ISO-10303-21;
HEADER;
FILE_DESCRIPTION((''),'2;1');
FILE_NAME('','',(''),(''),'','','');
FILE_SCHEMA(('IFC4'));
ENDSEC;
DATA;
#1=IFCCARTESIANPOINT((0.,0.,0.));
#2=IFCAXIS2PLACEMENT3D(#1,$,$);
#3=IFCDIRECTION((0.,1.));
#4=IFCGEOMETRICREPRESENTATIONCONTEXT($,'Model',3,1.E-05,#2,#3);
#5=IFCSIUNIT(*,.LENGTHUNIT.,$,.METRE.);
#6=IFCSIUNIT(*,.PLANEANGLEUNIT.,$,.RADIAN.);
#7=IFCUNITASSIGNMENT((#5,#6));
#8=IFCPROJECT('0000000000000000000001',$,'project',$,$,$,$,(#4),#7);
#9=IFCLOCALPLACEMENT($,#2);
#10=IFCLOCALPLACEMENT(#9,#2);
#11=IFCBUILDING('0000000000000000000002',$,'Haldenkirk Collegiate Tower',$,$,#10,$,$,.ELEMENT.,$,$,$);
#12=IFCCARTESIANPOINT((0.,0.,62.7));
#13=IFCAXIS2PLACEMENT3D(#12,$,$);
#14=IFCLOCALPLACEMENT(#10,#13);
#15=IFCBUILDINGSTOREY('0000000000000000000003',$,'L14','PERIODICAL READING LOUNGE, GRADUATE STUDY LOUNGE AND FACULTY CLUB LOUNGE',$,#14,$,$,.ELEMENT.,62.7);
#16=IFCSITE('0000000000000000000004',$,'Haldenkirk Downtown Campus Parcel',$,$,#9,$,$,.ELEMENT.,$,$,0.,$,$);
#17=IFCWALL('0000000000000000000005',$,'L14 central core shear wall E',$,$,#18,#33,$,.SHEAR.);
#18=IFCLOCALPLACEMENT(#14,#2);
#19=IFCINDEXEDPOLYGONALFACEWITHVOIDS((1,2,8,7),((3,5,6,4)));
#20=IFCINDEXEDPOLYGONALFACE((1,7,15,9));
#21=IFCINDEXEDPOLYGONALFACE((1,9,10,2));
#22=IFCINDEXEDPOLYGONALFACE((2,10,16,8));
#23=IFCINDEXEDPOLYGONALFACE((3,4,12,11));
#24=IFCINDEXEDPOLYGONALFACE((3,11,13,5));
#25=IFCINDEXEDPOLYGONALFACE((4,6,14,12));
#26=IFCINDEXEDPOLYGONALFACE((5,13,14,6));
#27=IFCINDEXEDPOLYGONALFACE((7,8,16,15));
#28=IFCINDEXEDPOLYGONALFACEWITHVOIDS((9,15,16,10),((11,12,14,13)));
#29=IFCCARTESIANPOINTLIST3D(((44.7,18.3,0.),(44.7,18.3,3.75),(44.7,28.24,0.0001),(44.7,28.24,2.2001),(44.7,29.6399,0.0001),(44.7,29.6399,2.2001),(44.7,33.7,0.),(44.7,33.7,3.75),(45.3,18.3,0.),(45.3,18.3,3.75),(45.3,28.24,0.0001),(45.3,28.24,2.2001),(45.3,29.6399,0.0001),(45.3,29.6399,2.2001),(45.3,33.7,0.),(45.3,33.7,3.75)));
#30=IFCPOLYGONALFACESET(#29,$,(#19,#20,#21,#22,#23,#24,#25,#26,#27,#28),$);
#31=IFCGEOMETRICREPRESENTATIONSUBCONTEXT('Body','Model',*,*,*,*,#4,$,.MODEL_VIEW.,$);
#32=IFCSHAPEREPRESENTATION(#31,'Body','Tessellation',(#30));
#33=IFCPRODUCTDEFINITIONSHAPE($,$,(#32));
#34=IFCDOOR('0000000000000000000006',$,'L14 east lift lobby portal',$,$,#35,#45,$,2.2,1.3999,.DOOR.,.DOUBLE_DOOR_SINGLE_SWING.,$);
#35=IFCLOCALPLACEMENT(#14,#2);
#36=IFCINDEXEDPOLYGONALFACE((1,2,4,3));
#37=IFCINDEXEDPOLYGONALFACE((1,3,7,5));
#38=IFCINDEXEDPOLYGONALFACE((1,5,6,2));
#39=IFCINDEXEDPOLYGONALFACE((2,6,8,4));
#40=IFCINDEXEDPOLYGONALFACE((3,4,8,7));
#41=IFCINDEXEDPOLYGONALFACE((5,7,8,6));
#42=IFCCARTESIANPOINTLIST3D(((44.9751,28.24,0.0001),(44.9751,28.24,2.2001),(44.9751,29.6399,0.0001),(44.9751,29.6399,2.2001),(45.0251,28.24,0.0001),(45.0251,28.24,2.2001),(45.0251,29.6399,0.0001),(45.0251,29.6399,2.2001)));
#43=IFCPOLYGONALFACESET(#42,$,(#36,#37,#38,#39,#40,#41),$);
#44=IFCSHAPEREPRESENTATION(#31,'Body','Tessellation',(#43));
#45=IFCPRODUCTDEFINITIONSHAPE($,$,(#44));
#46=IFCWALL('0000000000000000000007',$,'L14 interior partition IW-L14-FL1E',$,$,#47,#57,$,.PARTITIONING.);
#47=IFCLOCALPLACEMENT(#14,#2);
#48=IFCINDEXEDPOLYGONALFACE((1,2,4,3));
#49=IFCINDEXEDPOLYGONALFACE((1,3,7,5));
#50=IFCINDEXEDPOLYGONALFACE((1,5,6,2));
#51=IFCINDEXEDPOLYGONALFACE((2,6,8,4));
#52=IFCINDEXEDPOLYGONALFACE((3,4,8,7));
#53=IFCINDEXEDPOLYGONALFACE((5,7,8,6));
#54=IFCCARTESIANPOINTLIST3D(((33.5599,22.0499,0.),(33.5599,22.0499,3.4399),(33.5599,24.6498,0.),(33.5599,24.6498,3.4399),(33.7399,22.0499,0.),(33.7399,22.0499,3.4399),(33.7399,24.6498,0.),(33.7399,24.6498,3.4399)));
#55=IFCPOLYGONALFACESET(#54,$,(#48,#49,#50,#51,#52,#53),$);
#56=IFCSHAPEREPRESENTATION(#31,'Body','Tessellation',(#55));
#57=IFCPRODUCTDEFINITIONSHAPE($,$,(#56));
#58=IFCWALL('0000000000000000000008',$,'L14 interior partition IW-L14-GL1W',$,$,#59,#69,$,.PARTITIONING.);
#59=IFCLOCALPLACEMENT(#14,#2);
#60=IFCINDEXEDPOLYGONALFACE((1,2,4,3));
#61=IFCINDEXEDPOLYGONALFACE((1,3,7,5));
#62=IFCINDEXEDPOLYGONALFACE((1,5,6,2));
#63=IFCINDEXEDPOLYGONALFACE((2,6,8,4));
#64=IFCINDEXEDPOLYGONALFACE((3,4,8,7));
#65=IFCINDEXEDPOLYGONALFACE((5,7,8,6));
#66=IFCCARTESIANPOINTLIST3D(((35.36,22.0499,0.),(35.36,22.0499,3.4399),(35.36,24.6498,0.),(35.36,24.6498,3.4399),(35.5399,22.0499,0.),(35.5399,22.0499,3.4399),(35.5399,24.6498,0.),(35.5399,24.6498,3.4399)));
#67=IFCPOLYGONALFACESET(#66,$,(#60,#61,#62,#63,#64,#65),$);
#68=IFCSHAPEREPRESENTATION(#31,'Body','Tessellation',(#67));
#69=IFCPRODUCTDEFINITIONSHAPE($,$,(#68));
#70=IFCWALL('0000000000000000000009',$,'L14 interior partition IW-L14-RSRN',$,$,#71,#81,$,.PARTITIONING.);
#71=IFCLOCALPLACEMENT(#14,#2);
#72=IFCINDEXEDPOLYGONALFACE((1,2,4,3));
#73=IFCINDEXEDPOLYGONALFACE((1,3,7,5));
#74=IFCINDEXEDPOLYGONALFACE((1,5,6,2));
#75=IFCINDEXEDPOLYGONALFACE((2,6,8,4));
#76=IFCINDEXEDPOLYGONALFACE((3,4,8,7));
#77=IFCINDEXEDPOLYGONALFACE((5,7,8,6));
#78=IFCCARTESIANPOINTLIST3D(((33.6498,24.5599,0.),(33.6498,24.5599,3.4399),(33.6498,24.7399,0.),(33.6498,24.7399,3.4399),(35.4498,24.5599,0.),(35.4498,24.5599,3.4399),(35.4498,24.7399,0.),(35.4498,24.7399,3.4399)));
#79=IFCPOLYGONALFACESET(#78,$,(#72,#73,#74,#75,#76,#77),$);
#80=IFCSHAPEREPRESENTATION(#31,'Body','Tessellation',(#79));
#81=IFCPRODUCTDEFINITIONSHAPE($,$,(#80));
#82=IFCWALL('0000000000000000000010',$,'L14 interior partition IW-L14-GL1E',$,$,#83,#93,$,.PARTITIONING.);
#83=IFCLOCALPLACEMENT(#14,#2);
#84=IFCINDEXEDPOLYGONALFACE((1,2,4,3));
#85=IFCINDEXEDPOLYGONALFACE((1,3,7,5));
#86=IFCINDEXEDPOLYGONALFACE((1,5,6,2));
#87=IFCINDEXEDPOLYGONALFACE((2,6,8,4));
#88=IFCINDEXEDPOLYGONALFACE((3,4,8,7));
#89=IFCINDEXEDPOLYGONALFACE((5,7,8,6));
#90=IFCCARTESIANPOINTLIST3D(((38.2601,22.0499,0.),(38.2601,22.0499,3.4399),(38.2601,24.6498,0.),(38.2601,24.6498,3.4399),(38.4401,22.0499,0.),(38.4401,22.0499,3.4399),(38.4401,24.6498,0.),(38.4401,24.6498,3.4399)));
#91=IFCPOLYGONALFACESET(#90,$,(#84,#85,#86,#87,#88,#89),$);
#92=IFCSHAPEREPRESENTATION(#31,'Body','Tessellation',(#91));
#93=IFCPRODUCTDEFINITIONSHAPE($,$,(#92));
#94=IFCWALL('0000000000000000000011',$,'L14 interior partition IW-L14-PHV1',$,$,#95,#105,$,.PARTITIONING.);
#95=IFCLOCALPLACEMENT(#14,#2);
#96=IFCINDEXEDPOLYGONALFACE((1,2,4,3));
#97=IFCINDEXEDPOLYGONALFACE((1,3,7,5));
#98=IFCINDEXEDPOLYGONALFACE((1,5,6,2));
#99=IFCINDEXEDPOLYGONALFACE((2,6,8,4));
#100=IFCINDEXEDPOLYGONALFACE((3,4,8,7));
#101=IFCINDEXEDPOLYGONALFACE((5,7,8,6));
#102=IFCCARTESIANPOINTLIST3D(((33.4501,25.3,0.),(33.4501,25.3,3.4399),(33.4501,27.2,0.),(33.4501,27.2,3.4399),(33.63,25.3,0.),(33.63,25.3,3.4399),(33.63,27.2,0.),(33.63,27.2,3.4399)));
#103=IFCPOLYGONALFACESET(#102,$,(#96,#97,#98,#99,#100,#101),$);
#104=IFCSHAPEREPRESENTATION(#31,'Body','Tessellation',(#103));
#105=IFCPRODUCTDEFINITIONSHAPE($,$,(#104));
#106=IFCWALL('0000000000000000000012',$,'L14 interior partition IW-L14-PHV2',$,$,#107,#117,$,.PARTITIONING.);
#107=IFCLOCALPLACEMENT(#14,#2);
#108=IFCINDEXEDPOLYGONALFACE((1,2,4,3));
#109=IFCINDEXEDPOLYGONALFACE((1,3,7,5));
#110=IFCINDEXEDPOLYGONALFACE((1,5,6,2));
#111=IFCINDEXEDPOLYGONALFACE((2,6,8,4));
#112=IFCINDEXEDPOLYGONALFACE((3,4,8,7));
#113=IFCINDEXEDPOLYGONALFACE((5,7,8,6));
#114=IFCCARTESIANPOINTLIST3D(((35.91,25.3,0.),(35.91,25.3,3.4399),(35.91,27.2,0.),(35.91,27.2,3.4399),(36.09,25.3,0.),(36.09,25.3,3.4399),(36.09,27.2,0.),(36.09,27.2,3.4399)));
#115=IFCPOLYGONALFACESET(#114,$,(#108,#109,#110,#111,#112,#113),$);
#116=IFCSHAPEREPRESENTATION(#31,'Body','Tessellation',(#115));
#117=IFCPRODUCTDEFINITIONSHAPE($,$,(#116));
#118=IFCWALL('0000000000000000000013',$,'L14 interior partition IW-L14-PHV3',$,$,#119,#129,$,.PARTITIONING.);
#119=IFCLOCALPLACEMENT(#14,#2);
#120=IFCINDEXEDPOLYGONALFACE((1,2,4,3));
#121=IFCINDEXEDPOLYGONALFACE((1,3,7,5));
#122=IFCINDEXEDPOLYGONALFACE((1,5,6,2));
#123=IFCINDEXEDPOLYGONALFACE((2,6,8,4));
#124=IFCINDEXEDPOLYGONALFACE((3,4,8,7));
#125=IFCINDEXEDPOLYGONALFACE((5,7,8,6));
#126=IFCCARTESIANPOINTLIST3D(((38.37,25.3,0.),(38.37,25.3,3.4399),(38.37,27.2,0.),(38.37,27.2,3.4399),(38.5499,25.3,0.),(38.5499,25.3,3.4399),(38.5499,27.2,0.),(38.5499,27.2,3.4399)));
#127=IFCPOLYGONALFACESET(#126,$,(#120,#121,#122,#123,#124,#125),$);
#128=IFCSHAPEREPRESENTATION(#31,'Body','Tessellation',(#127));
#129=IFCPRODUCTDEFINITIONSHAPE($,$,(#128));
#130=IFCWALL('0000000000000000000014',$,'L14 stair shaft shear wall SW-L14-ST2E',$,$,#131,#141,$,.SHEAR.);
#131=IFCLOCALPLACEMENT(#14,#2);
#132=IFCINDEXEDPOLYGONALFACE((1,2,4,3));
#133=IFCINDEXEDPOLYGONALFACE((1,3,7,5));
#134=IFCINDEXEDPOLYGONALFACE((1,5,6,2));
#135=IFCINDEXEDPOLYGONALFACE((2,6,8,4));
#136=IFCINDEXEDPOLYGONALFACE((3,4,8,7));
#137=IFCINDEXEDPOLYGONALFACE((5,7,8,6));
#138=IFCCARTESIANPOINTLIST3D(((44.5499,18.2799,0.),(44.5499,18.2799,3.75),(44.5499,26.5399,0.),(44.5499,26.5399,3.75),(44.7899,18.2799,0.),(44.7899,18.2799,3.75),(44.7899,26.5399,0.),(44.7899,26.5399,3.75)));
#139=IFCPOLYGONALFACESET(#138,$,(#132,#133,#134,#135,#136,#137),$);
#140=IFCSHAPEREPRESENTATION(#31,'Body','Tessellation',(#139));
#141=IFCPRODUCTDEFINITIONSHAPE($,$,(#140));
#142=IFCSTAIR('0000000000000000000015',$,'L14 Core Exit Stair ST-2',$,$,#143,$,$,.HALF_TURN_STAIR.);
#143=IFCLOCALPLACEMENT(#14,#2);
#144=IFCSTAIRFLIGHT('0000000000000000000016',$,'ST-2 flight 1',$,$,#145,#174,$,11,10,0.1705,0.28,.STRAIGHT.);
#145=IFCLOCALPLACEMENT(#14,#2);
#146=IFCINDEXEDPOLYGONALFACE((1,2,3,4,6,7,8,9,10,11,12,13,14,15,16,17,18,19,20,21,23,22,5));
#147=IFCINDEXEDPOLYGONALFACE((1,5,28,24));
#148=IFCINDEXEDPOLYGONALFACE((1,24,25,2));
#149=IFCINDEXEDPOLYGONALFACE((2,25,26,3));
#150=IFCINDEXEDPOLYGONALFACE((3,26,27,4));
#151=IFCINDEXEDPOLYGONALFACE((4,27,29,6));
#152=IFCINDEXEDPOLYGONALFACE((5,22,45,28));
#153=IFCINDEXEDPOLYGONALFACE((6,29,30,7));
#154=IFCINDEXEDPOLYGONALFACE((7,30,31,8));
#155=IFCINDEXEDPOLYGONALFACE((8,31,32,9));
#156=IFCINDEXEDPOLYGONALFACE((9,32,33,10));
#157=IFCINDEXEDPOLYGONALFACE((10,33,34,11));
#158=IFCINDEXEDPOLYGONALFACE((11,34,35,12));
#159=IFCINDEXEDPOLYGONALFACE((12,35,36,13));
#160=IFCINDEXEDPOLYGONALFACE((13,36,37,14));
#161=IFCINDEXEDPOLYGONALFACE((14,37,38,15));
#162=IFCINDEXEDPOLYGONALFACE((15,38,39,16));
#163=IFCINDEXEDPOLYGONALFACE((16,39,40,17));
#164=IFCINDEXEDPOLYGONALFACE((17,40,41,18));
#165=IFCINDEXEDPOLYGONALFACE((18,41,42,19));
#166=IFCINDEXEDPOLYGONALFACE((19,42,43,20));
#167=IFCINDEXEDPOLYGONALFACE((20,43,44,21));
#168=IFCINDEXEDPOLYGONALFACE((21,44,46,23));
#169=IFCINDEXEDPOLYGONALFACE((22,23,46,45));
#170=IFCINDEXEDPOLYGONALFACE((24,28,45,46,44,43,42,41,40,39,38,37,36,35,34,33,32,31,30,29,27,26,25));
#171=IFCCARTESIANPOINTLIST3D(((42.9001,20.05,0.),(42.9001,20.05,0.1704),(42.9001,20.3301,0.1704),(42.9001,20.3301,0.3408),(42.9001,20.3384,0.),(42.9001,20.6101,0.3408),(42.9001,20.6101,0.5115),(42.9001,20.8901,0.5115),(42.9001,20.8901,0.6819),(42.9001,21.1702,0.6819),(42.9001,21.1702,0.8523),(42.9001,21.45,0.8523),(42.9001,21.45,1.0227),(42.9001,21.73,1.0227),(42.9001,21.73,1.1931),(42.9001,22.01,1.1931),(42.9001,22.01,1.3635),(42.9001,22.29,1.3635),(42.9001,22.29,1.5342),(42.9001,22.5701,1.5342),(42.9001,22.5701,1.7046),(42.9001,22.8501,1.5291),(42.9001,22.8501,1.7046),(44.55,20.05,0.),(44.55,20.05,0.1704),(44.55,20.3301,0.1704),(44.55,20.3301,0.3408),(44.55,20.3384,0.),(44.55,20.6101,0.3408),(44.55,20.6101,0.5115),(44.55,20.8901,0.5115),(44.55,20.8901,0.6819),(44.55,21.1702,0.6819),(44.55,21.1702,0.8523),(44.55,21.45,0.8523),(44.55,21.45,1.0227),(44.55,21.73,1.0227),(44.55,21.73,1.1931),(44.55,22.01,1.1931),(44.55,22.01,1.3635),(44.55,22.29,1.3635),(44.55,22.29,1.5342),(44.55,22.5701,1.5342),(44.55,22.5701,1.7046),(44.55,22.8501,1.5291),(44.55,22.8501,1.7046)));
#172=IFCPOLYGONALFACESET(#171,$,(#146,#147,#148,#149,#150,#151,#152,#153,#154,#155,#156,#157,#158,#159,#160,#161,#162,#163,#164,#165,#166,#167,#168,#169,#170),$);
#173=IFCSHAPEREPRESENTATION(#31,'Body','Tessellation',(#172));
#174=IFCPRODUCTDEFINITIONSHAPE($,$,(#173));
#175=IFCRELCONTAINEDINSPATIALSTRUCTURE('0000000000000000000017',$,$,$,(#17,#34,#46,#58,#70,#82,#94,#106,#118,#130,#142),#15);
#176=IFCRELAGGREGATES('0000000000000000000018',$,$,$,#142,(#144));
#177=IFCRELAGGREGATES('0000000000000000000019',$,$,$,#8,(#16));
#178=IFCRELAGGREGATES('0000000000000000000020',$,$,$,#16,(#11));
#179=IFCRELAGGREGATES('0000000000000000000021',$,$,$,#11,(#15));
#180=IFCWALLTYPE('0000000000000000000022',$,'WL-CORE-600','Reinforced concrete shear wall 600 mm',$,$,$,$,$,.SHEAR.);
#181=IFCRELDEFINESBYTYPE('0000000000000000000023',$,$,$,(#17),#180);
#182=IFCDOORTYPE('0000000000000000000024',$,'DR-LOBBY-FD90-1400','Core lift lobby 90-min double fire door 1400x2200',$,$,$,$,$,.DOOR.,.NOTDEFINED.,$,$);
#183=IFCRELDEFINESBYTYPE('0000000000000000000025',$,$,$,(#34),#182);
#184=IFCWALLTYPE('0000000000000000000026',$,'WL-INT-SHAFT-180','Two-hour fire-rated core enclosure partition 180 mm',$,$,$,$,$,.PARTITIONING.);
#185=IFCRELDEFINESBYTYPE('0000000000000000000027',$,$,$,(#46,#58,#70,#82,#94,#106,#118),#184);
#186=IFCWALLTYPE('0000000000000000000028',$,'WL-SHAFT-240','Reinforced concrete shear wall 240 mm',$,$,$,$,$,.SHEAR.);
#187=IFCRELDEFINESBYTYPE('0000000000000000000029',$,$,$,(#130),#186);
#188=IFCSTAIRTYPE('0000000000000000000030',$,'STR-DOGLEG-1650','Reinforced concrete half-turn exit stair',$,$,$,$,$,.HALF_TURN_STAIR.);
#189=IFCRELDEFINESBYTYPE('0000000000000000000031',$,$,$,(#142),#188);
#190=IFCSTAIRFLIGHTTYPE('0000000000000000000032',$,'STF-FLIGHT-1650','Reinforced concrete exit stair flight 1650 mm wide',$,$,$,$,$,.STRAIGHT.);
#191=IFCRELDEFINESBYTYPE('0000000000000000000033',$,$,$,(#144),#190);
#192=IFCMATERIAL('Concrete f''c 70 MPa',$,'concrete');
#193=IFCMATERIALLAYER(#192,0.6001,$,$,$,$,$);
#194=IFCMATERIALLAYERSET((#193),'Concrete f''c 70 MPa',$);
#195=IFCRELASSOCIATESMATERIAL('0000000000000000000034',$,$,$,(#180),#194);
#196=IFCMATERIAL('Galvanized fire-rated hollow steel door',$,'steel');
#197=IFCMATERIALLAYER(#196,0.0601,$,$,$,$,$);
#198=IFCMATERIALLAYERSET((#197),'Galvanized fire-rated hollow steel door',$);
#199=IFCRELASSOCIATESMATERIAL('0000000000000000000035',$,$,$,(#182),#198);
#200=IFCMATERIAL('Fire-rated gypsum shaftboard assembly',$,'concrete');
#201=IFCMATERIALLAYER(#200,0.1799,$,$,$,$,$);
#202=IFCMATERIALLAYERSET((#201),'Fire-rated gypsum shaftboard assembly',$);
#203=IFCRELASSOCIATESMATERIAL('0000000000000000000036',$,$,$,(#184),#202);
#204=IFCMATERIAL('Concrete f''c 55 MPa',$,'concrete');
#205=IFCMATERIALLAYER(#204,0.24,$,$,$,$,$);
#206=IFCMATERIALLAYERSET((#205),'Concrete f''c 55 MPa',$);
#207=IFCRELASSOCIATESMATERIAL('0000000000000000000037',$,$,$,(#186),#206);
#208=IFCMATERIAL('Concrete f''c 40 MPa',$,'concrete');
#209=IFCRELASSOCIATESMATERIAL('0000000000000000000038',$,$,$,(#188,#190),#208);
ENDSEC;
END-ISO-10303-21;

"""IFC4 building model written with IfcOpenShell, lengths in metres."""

from ifc_helpers import new_model, si_unit, direction, frame, frame_2d, origin, place, context, subcontext, project, spatial, polyline, rectangle, outline, extrude, material, layer, layer_set, type_object, element, fill, aggregate, save


model = new_model("IFC4")

# Units and contexts
model_context = context("Model", 3, precision=1e-05, world=origin(), true_north=direction((0.0, 1.0)))
body_context = subcontext(model_context, "Body", "Model", "MODEL_VIEW")
ifc_project = project(units=[si_unit("LENGTHUNIT", "METRE"), si_unit("PLANEANGLEUNIT", "RADIAN")], contexts=[model_context])

# Site, building, storey
site_placement = place(None, origin())
site = spatial("IfcSite", under=ifc_project, at=site_placement, Name="Haldenkirk Downtown Campus Parcel", CompositionType="ELEMENT", RefElevation=0.0)
building_placement = place(site_placement, origin())
building = spatial("IfcBuilding", under=site, at=building_placement, Name="Haldenkirk Collegiate Tower", CompositionType="ELEMENT")
storey_placement = place(building_placement, frame((0.0, 0.0, 62.7)))
storey = spatial("IfcBuildingStorey", under=building, at=storey_placement, Name="L14", Description="PERIODICAL READING LOUNGE, GRADUATE STUDY LOUNGE AND FACULTY CLUB LOUNGE", CompositionType="ELEMENT", Elevation=62.7)

# Wall, opening, door
ifc_material_1 = material(Name="Concrete f'c 70 MPa", Category="concrete")
ifc_layer_1 = layer(ifc_material_1, 0.6001)
ifc_layer_set_1 = layer_set([ifc_layer_1], Name="Concrete f'c 70 MPa")
wall_type_1 = type_object("IfcWallType", Name="WL-CORE-600", Description="Reinforced concrete shear wall 600 mm", PredefinedType="SHEAR", material=ifc_layer_set_1)
wall_1_placement = place(storey_placement, frame((45.0, 18.3, 0.0), z_axis=(0.0, 0.0, 1.0), x_axis=(0.0, 1.0, 0.0)))
wall_1 = element("IfcWall", 1, at=wall_1_placement, inside=storey, type_object=wall_type_1, Name="L14 central core shear wall E", PredefinedType="SHEAR", context=body_context, shape_type="SweptSolid", body=[
    extrude(rectangle(XDim=15.3999, YDim=0.6001, at=frame_2d((7.7, 0.0))), origin(), (0.0, 0.0, 1.0), 3.75),
])
opening_1_placement = place(wall_1_placement, frame((9.9399, 0.0, 0.0)))
opening_1 = element("IfcOpeningElement", 2, at=opening_1_placement, cuts=wall_1, PredefinedType="OPENING", context=body_context, shape_type="SweptSolid", body=[
    extrude(rectangle(XDim=1.3999, YDim=2.2, at=frame_2d((0.7, 1.1001))), frame((0.0, 0.3101, 0.0), z_axis=(0.0, -1.0, 0.0), x_axis=(1.0, 0.0, 0.0)), (0.0, 0.0, 1.0), 0.6201),
])
ifc_material_2 = material(Name="Galvanized fire-rated hollow steel door", Category="steel")
ifc_layer_2 = layer(ifc_material_2, 0.0601)
ifc_layer_set_2 = layer_set([ifc_layer_2], Name="Galvanized fire-rated hollow steel door")
door_type_1 = type_object("IfcDoorType", Name="DR-LOBBY-FD90-1400", Description="Core lift lobby 90-min double fire door 1400x2200", OperationType="NOTDEFINED", PredefinedType="DOOR", material=ifc_layer_set_2)
door_1_placement = place(opening_1_placement, origin())
door_1 = element("IfcDoor", 3, at=door_1_placement, inside=storey, type_object=door_type_1, Name="L14 east lift lobby portal", OperationType="DOUBLE_DOOR_SINGLE_SWING", OverallHeight=2.2, OverallWidth=1.3999, PredefinedType="DOOR", context=body_context, shape_type="SweptSolid", body=[
    extrude(rectangle(XDim=1.3999, YDim=2.2, at=frame_2d((0.7, 1.1001))), frame((0.0, 0.0249, 0.0), z_axis=(0.0, -1.0, 0.0), x_axis=(1.0, 0.0, 0.0)), (0.0, 0.0, 1.0), 0.05),
])
fill(opening_1, door_1)

# Walls
ifc_material_3 = material(Name="Fire-rated gypsum shaftboard assembly", Category="concrete")
ifc_layer_3 = layer(ifc_material_3, 0.1799)
ifc_layer_set_3 = layer_set([ifc_layer_3], Name="Fire-rated gypsum shaftboard assembly")
wall_type_2 = type_object("IfcWallType", Name="WL-INT-SHAFT-180", Description="Two-hour fire-rated core enclosure partition 180 mm", PredefinedType="PARTITIONING", material=ifc_layer_set_3)
for number, where, z_axis, x_axis, name in (
    (4, (33.6499, 22.05, 0.0), (0.0, 0.0, 1.0), (0.0, 1.0, 0.0), "L14 interior partition IW-L14-FL1E"),
    (5, (35.45, 22.05, 0.0), (0.0, 0.0, 1.0), (0.0, 1.0, 0.0), "L14 interior partition IW-L14-GL1W"),
):
    element("IfcWall", number, at=place(storey_placement, frame(where, z_axis=z_axis, x_axis=x_axis)), inside=storey, type_object=wall_type_2, Name=name, PredefinedType="PARTITIONING", context=body_context, shape_type="SweptSolid", body=[
        extrude(rectangle(XDim=2.5999, YDim=0.1799, at=frame_2d((1.2998, 0.0))), origin(), (0.0, 0.0, 1.0), 3.4399),
    ])
wall_2_placement = place(storey_placement, frame((33.6499, 24.6499, 0.0), z_axis=(0.0, 0.0, 1.0), x_axis=(1.0, 0.0, 0.0)))
element("IfcWall", 6, at=wall_2_placement, inside=storey, type_object=wall_type_2, Name="L14 interior partition IW-L14-RSRN", PredefinedType="PARTITIONING", context=body_context, shape_type="SweptSolid", body=[
    extrude(rectangle(XDim=1.8, YDim=0.1799, at=frame_2d((0.8999, 0.0))), origin(), (0.0, 0.0, 1.0), 3.4399),
])
wall_3_placement = place(storey_placement, frame((38.3501, 22.05, 0.0), z_axis=(0.0, 0.0, 1.0), x_axis=(0.0, 1.0, 0.0)))
element("IfcWall", 7, at=wall_3_placement, inside=storey, type_object=wall_type_2, Name="L14 interior partition IW-L14-GL1E", PredefinedType="PARTITIONING", context=body_context, shape_type="SweptSolid", body=[
    extrude(rectangle(XDim=2.5999, YDim=0.1799, at=frame_2d((1.2998, 0.0))), origin(), (0.0, 0.0, 1.0), 3.4399),
])
for number, where, z_axis, x_axis, name in (
    (8, (33.54, 25.3, 0.0), (0.0, 0.0, 1.0), (0.0, 1.0, 0.0), "L14 interior partition IW-L14-PHV1"),
    (9, (36.0, 25.3, 0.0), (0.0, 0.0, 1.0), (0.0, 1.0, 0.0), "L14 interior partition IW-L14-PHV2"),
    (10, (38.46, 25.3, 0.0), (0.0, 0.0, 1.0), (0.0, 1.0, 0.0), "L14 interior partition IW-L14-PHV3"),
):
    element("IfcWall", number, at=place(storey_placement, frame(where, z_axis=z_axis, x_axis=x_axis)), inside=storey, type_object=wall_type_2, Name=name, PredefinedType="PARTITIONING", context=body_context, shape_type="SweptSolid", body=[
        extrude(rectangle(XDim=1.8999, YDim=0.1799, at=frame_2d((0.95, 0.0))), origin(), (0.0, 0.0, 1.0), 3.4399),
    ])

# Wall
ifc_material_4 = material(Name="Concrete f'c 55 MPa", Category="concrete")
ifc_layer_4 = layer(ifc_material_4, 0.24)
ifc_layer_set_4 = layer_set([ifc_layer_4], Name="Concrete f'c 55 MPa")
wall_type_3 = type_object("IfcWallType", Name="WL-SHAFT-240", Description="Reinforced concrete shear wall 240 mm", PredefinedType="SHEAR", material=ifc_layer_set_4)
wall_4_placement = place(storey_placement, frame((44.6699, 18.28, 0.0), z_axis=(0.0, 0.0, 1.0), x_axis=(0.0, 1.0, 0.0)))
element("IfcWall", 11, at=wall_4_placement, inside=storey, type_object=wall_type_3, Name="L14 stair shaft shear wall SW-L14-ST2E", PredefinedType="SHEAR", context=body_context, shape_type="SweptSolid", body=[
    extrude(rectangle(XDim=8.26, YDim=0.24, at=frame_2d((4.1299, 0.0))), origin(), (0.0, 0.0, 1.0), 3.75),
])

# Stair, stair flight
ifc_material_5 = material(Name="Concrete f'c 40 MPa", Category="concrete")
stair_type = type_object("IfcStairType", Name="STR-DOGLEG-1650", Description="Reinforced concrete half-turn exit stair", PredefinedType="HALF_TURN_STAIR", material=ifc_material_5)
stair_placement = place(storey_placement, origin())
stair = element("IfcStair", 12, at=stair_placement, inside=storey, type_object=stair_type, Name="L14 Core Exit Stair ST-2", PredefinedType="HALF_TURN_STAIR")
stair_flight_type = type_object("IfcStairFlightType", Name="STF-FLIGHT-1650", Description="Reinforced concrete exit stair flight 1650 mm wide", PredefinedType="STRAIGHT", material=ifc_material_5)
stair_flight_1_placement = place(storey_placement, frame((43.7251, 20.05, 0.0), z_axis=(0.0, 0.0, 1.0), x_axis=(0.0, 1.0, 0.0)))
stair_flight_1 = element("IfcStairFlight", 13, at=stair_flight_1_placement, type_object=stair_flight_type, Name="ST-2 flight 1", NumberOfRisers=11, NumberOfTreads=10, PredefinedType="STRAIGHT", RiserHeight=0.1705, TreadLength=0.28, context=body_context, shape_type="SweptSolid", body=[
    extrude(outline(polyline([(0.0, 0.0), (0.0, 0.1704), (0.28, 0.1704), (0.28, 0.3408), (0.5601, 0.3408), (0.5601, 0.5115), (0.8401, 0.5115), (0.8401, 0.6819), (1.1201, 0.6819), (1.1201, 0.8523), (1.3999, 0.8523), (1.3999, 1.0227), (1.6799, 1.0227), (1.6799, 1.1931), (1.96, 1.1931), (1.96, 1.3635), (2.24, 1.3635), (2.24, 1.5342), (2.52, 1.5342), (2.52, 1.7046), (2.8, 1.7046), (2.8, 1.875), (2.8, 1.5291), (0.2883, 0.0), (0.0, 0.0)])), frame((0.0, 0.825, 0.0), z_axis=(0.0, -1.0, 0.0), x_axis=(1.0, 0.0, 0.0)), (0.0, 0.0, 1.0), 1.6499),
])
aggregate(stair, [stair_flight_1])

save(model, "model.ifc")
